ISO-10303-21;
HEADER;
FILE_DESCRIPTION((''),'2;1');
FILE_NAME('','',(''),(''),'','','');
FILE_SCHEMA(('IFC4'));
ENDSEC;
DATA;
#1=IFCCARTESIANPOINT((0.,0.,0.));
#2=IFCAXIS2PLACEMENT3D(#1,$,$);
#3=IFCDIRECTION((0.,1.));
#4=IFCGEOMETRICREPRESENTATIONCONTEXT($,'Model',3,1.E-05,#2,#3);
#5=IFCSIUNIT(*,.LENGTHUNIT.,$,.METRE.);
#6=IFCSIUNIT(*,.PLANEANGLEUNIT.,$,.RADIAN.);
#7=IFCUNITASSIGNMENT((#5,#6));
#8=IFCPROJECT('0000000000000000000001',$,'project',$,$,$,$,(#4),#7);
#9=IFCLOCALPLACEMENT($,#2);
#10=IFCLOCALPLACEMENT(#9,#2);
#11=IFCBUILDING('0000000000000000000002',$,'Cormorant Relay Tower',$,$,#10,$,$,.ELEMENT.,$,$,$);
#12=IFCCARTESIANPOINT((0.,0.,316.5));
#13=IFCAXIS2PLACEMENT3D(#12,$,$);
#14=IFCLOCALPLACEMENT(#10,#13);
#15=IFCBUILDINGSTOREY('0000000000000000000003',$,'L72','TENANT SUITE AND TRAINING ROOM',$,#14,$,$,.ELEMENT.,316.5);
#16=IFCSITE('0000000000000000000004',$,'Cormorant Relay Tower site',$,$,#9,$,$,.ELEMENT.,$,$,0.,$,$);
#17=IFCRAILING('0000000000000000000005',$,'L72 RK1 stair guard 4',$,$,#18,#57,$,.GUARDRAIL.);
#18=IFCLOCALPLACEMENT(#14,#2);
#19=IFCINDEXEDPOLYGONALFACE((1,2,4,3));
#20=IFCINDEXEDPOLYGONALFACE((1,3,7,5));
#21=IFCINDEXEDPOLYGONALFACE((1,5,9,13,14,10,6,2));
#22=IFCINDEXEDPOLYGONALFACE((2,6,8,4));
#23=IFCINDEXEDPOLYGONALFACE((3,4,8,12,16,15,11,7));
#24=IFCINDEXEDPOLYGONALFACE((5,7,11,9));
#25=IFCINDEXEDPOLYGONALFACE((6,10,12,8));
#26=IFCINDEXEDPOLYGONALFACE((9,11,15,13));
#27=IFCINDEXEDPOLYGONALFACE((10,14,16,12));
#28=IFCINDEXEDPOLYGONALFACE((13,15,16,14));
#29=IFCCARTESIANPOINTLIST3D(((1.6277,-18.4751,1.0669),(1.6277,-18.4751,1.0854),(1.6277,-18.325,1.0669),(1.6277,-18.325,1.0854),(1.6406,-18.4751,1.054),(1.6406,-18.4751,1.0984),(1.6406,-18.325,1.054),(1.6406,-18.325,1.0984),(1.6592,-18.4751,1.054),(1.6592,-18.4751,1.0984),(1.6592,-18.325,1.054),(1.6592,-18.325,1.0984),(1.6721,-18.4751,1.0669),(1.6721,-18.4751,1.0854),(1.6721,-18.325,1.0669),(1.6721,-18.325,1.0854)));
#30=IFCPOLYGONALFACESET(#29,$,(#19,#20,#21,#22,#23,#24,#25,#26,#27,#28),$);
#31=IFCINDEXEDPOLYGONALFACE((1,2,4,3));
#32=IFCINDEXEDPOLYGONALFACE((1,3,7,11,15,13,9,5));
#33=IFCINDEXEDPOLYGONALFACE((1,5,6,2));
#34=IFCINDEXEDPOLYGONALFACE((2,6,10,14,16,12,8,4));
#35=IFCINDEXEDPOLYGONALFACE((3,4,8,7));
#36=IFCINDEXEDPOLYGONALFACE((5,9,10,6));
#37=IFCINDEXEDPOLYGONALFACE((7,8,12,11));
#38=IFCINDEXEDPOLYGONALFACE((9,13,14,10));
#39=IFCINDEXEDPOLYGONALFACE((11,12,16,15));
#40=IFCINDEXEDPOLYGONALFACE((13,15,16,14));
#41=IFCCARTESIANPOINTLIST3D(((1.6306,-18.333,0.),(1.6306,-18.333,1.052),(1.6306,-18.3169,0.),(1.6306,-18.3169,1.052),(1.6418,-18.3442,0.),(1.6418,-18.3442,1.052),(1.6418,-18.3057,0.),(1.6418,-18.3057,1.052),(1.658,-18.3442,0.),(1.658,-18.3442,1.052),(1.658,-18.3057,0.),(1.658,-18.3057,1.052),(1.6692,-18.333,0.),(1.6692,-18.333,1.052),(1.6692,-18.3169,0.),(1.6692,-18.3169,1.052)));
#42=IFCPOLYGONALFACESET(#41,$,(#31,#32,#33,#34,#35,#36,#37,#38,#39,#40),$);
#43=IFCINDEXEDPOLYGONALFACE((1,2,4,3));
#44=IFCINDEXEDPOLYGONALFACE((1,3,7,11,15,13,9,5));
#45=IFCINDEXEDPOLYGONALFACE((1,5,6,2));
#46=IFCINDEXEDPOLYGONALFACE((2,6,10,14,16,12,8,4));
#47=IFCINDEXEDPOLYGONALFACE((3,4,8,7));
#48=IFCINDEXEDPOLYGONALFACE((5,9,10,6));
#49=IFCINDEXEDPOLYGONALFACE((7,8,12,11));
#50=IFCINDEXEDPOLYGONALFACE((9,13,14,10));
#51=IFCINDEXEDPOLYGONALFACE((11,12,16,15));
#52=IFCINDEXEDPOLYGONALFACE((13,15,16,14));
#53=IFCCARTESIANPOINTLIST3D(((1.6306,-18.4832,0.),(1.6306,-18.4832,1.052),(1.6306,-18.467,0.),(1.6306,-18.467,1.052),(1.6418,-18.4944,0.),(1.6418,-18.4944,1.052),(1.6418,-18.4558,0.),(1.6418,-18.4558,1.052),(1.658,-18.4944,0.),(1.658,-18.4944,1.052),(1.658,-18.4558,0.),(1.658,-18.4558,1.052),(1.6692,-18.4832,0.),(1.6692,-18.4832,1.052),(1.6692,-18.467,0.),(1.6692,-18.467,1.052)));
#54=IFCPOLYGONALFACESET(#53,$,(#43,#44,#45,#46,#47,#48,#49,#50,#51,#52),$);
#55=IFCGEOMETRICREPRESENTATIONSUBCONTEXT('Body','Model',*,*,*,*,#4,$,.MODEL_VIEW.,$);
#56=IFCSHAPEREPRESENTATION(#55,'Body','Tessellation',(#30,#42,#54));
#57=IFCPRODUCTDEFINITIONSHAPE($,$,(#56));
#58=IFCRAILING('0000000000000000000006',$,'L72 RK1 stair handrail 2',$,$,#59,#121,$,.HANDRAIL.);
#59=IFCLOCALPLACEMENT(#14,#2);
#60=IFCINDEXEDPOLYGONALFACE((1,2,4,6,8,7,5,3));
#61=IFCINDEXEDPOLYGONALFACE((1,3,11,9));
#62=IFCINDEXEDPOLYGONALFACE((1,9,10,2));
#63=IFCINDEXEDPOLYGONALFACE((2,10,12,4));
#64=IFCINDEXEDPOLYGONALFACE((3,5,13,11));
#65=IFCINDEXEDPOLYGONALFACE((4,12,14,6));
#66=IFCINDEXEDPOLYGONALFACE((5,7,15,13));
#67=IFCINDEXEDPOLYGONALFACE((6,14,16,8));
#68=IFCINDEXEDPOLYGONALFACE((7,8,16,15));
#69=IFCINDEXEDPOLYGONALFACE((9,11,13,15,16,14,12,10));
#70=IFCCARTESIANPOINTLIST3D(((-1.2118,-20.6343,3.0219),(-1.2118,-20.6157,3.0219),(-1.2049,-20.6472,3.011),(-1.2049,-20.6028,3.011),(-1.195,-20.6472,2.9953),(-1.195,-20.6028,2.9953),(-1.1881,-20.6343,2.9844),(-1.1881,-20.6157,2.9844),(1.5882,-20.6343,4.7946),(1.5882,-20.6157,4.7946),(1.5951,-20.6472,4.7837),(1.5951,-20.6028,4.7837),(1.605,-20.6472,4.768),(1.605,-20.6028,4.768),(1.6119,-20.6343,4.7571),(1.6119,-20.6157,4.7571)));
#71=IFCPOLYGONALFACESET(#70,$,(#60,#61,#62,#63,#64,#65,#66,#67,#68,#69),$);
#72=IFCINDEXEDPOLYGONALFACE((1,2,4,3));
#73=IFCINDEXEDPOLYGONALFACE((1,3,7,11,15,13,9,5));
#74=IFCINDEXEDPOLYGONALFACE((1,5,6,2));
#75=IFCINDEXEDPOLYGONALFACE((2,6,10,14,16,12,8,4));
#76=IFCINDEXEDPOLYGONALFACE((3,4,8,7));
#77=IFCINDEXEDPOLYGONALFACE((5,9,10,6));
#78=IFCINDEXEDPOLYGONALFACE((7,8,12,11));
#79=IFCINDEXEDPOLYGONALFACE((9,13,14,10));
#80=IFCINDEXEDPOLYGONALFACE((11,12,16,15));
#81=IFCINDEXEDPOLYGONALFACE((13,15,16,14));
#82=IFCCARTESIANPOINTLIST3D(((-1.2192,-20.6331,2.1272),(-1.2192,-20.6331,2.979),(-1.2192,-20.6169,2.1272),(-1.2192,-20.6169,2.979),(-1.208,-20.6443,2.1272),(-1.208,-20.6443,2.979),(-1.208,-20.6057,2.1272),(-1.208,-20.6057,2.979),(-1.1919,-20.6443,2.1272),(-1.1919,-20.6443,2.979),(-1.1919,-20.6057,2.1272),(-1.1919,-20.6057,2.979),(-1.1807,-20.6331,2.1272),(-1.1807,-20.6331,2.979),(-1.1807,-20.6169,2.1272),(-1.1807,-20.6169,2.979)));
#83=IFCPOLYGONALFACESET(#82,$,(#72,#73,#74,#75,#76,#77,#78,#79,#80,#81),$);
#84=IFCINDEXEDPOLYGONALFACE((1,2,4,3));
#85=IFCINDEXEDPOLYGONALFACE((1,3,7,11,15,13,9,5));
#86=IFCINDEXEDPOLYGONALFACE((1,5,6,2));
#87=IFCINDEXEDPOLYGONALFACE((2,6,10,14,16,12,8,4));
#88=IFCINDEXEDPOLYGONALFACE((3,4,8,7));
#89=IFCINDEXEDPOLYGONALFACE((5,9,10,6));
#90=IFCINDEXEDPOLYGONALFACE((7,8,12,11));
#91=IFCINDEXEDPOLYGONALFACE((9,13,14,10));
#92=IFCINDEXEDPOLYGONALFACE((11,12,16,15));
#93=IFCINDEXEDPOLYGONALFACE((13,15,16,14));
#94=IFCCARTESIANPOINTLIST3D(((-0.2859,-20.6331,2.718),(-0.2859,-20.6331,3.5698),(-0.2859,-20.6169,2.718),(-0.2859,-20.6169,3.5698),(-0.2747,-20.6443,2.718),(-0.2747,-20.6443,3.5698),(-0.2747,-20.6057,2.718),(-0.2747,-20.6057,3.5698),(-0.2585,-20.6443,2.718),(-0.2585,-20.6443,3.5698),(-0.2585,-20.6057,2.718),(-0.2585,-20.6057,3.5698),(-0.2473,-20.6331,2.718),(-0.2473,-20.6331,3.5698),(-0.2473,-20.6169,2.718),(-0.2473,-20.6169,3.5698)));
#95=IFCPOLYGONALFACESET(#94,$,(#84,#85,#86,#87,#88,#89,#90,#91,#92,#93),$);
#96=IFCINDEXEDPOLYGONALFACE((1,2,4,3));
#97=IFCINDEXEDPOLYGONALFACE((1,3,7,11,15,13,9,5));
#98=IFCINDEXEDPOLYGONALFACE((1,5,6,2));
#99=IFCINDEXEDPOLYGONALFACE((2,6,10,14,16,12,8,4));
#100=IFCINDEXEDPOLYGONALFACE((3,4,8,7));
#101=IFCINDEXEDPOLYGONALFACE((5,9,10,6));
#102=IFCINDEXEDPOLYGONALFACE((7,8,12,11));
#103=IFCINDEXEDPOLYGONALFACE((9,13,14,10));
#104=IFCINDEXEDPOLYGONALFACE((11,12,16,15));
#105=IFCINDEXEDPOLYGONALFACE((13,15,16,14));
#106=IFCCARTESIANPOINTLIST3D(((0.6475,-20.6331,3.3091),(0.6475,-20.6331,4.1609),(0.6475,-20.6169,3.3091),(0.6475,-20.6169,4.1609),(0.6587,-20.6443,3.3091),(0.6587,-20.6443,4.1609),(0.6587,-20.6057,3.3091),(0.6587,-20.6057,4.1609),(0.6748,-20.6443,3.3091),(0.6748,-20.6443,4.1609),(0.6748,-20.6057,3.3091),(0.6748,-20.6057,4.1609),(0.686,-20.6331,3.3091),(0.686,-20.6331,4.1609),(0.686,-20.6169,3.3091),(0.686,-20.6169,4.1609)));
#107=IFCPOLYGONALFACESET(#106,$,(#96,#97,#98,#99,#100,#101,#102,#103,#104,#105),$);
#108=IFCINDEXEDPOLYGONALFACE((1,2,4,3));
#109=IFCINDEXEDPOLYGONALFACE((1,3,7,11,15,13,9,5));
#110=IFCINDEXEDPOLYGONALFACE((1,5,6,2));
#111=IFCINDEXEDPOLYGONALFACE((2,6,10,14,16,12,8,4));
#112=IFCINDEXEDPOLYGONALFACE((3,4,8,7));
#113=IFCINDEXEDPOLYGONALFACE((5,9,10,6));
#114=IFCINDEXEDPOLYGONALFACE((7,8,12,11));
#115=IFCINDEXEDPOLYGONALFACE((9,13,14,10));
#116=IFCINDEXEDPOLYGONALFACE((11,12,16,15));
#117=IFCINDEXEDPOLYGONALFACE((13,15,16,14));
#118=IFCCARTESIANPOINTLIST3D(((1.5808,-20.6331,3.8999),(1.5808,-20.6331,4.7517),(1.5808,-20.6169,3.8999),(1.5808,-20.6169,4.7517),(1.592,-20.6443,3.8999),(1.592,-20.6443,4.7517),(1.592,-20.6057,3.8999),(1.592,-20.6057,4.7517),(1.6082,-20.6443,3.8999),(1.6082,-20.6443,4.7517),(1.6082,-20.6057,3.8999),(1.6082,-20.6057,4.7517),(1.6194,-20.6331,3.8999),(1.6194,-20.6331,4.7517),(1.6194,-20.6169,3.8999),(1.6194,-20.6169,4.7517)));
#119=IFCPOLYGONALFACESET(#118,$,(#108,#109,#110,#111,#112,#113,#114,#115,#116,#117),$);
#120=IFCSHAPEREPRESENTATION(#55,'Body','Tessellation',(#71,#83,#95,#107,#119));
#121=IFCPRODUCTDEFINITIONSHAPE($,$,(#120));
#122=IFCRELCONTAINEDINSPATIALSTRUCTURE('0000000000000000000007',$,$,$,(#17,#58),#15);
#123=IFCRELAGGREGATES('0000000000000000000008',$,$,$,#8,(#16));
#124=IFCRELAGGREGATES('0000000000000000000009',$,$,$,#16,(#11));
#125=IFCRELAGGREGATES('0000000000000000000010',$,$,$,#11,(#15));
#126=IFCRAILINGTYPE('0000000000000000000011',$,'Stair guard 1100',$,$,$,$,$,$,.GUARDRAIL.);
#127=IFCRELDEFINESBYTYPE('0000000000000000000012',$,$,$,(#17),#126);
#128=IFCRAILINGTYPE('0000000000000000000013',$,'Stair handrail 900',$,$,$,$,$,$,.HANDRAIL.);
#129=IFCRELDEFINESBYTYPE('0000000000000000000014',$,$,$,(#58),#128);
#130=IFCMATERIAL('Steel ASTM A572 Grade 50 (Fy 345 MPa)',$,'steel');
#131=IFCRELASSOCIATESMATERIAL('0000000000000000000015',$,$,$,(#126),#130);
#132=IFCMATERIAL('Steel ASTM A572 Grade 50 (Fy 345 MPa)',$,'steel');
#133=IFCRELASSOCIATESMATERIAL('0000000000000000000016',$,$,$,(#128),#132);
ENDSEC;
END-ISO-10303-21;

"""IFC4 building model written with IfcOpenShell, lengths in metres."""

from ifc_helpers import new_model, si_unit, direction, frame, origin, place, context, subcontext, project, spatial, polyline, outline, extrude, material, type_object, element, save


model = new_model("IFC4")

# Units and contexts
model_context = context("Model", 3, precision=1e-05, world=origin(), true_north=direction((0.0, 1.0)))
body_context = subcontext(model_context, "Body", "Model", "MODEL_VIEW")
ifc_project = project(units=[si_unit("LENGTHUNIT", "METRE"), si_unit("PLANEANGLEUNIT", "RADIAN")], contexts=[model_context])

# Site, building, storey
site_placement = place(None, origin())
site = spatial("IfcSite", under=ifc_project, at=site_placement, Name="Cormorant Relay Tower site", CompositionType="ELEMENT", RefElevation=0.0)
building_placement = place(site_placement, origin())
building = spatial("IfcBuilding", under=site, at=building_placement, Name="Cormorant Relay Tower", CompositionType="ELEMENT")
storey_placement = place(building_placement, frame((0.0, 0.0, 316.5)))
storey = spatial("IfcBuildingStorey", under=building, at=storey_placement, Name="L72", Description="TENANT SUITE AND TRAINING ROOM", CompositionType="ELEMENT", Elevation=316.5)

# Railings
ifc_material_1 = material(Name="Steel ASTM A572 Grade 50 (Fy 345 MPa)", Category="steel")
railing_type_1 = type_object("IfcRailingType", Name="Stair guard 1100", PredefinedType="GUARDRAIL", material=ifc_material_1)
railing_1_placement = place(storey_placement, frame((1.6499, -18.325, 0.0)))
element("IfcRailing", 1, at=railing_1_placement, inside=storey, type_object=railing_type_1, Name="L72 RK1 stair guard 4", PredefinedType="GUARDRAIL", context=body_context, shape_type="SweptSolid", body=[
    extrude(outline(polyline([(0.0222, 0.0093), (0.0093, 0.0222), (-0.0093, 0.0222), (-0.0222, 0.0093), (-0.0222, -0.0093), (-0.0093, -0.0222), (0.0093, -0.0222), (0.0222, -0.0093), (0.0222, 0.0093)])), frame((0.0, 0.0, 1.0762), z_axis=(0.0, -1.0, 0.0), x_axis=(1.0, 0.0, 0.0)), (0.0, 0.0, 1.0), 0.1501),
    extrude(outline(polyline([(0.0193, 0.0081), (0.0081, 0.0193), (-0.0081, 0.0193), (-0.0193, 0.0081), (-0.0193, -0.0081), (-0.0081, -0.0193), (0.0081, -0.0193), (0.0193, -0.0081), (0.0193, 0.0081)])), origin(), (0.0, 0.0, 1.0), 1.052),
    extrude(outline(polyline([(0.0193, 0.0081), (0.0081, 0.0193), (-0.0081, 0.0193), (-0.0193, 0.0081), (-0.0193, -0.0081), (-0.0081, -0.0193), (0.0081, -0.0193), (0.0193, -0.0081), (0.0193, 0.0081)])), frame((0.0, -0.1501, 0.0)), (0.0, 0.0, 1.0), 1.052),
])
ifc_material_2 = material(Name="Steel ASTM A572 Grade 50 (Fy 345 MPa)", Category="steel")
railing_type_2 = type_object("IfcRailingType", Name="Stair handrail 900", PredefinedType="HANDRAIL", material=ifc_material_2)
railing_2_placement = place(storey_placement, frame((-1.2, -20.625, 2.1272)))
element("IfcRailing", 2, at=railing_2_placement, inside=storey, type_object=railing_type_2, Name="L72 RK1 stair handrail 2", PredefinedType="HANDRAIL", context=body_context, shape_type="SweptSolid", body=[
    extrude(outline(polyline([(0.0222, 0.0093), (0.0093, 0.0222), (-0.0093, 0.0222), (-0.0222, 0.0093), (-0.0222, -0.0093), (-0.0093, -0.0222), (0.0093, -0.0222), (0.0222, -0.0093), (0.0222, 0.0093)])), frame((0.0, 0.0, 0.876), z_axis=(0.844909, 0.0, 0.53491), x_axis=(0.0, 1.0, 0.0)), (0.0, 0.0, 1.0), 3.314),
    extrude(outline(polyline([(0.0193, 0.0081), (0.0081, 0.0193), (-0.0081, 0.0193), (-0.0193, 0.0081), (-0.0193, -0.0081), (-0.0081, -0.0193), (0.0081, -0.0193), (0.0193, -0.0081), (0.0193, 0.0081)])), origin(), (0.0, 0.0, 1.0), 0.8518),
    extrude(outline(polyline([(0.0193, 0.0081), (0.0081, 0.0193), (-0.0081, 0.0193), (-0.0193, 0.0081), (-0.0193, -0.0081), (-0.0081, -0.0193), (0.0081, -0.0193), (0.0193, -0.0081), (0.0193, 0.0081)])), frame((0.9333, 0.0, 0.5908)), (0.0, 0.0, 1.0), 0.8518),
    extrude(outline(polyline([(0.0193, 0.0081), (0.0081, 0.0193), (-0.0081, 0.0193), (-0.0193, 0.0081), (-0.0193, -0.0081), (-0.0081, -0.0193), (0.0081, -0.0193), (0.0193, -0.0081), (0.0193, 0.0081)])), frame((1.8667, 0.0, 1.1819)), (0.0, 0.0, 1.0), 0.8518),
    extrude(outline(polyline([(0.0193, 0.0081), (0.0081, 0.0193), (-0.0081, 0.0193), (-0.0193, 0.0081), (-0.0193, -0.0081), (-0.0081, -0.0193), (0.0081, -0.0193), (0.0193, -0.0081), (0.0193, 0.0081)])), frame((2.8, 0.0, 1.7727)), (0.0, 0.0, 1.0), 0.8518),
])

save(model, "model.ifc")
